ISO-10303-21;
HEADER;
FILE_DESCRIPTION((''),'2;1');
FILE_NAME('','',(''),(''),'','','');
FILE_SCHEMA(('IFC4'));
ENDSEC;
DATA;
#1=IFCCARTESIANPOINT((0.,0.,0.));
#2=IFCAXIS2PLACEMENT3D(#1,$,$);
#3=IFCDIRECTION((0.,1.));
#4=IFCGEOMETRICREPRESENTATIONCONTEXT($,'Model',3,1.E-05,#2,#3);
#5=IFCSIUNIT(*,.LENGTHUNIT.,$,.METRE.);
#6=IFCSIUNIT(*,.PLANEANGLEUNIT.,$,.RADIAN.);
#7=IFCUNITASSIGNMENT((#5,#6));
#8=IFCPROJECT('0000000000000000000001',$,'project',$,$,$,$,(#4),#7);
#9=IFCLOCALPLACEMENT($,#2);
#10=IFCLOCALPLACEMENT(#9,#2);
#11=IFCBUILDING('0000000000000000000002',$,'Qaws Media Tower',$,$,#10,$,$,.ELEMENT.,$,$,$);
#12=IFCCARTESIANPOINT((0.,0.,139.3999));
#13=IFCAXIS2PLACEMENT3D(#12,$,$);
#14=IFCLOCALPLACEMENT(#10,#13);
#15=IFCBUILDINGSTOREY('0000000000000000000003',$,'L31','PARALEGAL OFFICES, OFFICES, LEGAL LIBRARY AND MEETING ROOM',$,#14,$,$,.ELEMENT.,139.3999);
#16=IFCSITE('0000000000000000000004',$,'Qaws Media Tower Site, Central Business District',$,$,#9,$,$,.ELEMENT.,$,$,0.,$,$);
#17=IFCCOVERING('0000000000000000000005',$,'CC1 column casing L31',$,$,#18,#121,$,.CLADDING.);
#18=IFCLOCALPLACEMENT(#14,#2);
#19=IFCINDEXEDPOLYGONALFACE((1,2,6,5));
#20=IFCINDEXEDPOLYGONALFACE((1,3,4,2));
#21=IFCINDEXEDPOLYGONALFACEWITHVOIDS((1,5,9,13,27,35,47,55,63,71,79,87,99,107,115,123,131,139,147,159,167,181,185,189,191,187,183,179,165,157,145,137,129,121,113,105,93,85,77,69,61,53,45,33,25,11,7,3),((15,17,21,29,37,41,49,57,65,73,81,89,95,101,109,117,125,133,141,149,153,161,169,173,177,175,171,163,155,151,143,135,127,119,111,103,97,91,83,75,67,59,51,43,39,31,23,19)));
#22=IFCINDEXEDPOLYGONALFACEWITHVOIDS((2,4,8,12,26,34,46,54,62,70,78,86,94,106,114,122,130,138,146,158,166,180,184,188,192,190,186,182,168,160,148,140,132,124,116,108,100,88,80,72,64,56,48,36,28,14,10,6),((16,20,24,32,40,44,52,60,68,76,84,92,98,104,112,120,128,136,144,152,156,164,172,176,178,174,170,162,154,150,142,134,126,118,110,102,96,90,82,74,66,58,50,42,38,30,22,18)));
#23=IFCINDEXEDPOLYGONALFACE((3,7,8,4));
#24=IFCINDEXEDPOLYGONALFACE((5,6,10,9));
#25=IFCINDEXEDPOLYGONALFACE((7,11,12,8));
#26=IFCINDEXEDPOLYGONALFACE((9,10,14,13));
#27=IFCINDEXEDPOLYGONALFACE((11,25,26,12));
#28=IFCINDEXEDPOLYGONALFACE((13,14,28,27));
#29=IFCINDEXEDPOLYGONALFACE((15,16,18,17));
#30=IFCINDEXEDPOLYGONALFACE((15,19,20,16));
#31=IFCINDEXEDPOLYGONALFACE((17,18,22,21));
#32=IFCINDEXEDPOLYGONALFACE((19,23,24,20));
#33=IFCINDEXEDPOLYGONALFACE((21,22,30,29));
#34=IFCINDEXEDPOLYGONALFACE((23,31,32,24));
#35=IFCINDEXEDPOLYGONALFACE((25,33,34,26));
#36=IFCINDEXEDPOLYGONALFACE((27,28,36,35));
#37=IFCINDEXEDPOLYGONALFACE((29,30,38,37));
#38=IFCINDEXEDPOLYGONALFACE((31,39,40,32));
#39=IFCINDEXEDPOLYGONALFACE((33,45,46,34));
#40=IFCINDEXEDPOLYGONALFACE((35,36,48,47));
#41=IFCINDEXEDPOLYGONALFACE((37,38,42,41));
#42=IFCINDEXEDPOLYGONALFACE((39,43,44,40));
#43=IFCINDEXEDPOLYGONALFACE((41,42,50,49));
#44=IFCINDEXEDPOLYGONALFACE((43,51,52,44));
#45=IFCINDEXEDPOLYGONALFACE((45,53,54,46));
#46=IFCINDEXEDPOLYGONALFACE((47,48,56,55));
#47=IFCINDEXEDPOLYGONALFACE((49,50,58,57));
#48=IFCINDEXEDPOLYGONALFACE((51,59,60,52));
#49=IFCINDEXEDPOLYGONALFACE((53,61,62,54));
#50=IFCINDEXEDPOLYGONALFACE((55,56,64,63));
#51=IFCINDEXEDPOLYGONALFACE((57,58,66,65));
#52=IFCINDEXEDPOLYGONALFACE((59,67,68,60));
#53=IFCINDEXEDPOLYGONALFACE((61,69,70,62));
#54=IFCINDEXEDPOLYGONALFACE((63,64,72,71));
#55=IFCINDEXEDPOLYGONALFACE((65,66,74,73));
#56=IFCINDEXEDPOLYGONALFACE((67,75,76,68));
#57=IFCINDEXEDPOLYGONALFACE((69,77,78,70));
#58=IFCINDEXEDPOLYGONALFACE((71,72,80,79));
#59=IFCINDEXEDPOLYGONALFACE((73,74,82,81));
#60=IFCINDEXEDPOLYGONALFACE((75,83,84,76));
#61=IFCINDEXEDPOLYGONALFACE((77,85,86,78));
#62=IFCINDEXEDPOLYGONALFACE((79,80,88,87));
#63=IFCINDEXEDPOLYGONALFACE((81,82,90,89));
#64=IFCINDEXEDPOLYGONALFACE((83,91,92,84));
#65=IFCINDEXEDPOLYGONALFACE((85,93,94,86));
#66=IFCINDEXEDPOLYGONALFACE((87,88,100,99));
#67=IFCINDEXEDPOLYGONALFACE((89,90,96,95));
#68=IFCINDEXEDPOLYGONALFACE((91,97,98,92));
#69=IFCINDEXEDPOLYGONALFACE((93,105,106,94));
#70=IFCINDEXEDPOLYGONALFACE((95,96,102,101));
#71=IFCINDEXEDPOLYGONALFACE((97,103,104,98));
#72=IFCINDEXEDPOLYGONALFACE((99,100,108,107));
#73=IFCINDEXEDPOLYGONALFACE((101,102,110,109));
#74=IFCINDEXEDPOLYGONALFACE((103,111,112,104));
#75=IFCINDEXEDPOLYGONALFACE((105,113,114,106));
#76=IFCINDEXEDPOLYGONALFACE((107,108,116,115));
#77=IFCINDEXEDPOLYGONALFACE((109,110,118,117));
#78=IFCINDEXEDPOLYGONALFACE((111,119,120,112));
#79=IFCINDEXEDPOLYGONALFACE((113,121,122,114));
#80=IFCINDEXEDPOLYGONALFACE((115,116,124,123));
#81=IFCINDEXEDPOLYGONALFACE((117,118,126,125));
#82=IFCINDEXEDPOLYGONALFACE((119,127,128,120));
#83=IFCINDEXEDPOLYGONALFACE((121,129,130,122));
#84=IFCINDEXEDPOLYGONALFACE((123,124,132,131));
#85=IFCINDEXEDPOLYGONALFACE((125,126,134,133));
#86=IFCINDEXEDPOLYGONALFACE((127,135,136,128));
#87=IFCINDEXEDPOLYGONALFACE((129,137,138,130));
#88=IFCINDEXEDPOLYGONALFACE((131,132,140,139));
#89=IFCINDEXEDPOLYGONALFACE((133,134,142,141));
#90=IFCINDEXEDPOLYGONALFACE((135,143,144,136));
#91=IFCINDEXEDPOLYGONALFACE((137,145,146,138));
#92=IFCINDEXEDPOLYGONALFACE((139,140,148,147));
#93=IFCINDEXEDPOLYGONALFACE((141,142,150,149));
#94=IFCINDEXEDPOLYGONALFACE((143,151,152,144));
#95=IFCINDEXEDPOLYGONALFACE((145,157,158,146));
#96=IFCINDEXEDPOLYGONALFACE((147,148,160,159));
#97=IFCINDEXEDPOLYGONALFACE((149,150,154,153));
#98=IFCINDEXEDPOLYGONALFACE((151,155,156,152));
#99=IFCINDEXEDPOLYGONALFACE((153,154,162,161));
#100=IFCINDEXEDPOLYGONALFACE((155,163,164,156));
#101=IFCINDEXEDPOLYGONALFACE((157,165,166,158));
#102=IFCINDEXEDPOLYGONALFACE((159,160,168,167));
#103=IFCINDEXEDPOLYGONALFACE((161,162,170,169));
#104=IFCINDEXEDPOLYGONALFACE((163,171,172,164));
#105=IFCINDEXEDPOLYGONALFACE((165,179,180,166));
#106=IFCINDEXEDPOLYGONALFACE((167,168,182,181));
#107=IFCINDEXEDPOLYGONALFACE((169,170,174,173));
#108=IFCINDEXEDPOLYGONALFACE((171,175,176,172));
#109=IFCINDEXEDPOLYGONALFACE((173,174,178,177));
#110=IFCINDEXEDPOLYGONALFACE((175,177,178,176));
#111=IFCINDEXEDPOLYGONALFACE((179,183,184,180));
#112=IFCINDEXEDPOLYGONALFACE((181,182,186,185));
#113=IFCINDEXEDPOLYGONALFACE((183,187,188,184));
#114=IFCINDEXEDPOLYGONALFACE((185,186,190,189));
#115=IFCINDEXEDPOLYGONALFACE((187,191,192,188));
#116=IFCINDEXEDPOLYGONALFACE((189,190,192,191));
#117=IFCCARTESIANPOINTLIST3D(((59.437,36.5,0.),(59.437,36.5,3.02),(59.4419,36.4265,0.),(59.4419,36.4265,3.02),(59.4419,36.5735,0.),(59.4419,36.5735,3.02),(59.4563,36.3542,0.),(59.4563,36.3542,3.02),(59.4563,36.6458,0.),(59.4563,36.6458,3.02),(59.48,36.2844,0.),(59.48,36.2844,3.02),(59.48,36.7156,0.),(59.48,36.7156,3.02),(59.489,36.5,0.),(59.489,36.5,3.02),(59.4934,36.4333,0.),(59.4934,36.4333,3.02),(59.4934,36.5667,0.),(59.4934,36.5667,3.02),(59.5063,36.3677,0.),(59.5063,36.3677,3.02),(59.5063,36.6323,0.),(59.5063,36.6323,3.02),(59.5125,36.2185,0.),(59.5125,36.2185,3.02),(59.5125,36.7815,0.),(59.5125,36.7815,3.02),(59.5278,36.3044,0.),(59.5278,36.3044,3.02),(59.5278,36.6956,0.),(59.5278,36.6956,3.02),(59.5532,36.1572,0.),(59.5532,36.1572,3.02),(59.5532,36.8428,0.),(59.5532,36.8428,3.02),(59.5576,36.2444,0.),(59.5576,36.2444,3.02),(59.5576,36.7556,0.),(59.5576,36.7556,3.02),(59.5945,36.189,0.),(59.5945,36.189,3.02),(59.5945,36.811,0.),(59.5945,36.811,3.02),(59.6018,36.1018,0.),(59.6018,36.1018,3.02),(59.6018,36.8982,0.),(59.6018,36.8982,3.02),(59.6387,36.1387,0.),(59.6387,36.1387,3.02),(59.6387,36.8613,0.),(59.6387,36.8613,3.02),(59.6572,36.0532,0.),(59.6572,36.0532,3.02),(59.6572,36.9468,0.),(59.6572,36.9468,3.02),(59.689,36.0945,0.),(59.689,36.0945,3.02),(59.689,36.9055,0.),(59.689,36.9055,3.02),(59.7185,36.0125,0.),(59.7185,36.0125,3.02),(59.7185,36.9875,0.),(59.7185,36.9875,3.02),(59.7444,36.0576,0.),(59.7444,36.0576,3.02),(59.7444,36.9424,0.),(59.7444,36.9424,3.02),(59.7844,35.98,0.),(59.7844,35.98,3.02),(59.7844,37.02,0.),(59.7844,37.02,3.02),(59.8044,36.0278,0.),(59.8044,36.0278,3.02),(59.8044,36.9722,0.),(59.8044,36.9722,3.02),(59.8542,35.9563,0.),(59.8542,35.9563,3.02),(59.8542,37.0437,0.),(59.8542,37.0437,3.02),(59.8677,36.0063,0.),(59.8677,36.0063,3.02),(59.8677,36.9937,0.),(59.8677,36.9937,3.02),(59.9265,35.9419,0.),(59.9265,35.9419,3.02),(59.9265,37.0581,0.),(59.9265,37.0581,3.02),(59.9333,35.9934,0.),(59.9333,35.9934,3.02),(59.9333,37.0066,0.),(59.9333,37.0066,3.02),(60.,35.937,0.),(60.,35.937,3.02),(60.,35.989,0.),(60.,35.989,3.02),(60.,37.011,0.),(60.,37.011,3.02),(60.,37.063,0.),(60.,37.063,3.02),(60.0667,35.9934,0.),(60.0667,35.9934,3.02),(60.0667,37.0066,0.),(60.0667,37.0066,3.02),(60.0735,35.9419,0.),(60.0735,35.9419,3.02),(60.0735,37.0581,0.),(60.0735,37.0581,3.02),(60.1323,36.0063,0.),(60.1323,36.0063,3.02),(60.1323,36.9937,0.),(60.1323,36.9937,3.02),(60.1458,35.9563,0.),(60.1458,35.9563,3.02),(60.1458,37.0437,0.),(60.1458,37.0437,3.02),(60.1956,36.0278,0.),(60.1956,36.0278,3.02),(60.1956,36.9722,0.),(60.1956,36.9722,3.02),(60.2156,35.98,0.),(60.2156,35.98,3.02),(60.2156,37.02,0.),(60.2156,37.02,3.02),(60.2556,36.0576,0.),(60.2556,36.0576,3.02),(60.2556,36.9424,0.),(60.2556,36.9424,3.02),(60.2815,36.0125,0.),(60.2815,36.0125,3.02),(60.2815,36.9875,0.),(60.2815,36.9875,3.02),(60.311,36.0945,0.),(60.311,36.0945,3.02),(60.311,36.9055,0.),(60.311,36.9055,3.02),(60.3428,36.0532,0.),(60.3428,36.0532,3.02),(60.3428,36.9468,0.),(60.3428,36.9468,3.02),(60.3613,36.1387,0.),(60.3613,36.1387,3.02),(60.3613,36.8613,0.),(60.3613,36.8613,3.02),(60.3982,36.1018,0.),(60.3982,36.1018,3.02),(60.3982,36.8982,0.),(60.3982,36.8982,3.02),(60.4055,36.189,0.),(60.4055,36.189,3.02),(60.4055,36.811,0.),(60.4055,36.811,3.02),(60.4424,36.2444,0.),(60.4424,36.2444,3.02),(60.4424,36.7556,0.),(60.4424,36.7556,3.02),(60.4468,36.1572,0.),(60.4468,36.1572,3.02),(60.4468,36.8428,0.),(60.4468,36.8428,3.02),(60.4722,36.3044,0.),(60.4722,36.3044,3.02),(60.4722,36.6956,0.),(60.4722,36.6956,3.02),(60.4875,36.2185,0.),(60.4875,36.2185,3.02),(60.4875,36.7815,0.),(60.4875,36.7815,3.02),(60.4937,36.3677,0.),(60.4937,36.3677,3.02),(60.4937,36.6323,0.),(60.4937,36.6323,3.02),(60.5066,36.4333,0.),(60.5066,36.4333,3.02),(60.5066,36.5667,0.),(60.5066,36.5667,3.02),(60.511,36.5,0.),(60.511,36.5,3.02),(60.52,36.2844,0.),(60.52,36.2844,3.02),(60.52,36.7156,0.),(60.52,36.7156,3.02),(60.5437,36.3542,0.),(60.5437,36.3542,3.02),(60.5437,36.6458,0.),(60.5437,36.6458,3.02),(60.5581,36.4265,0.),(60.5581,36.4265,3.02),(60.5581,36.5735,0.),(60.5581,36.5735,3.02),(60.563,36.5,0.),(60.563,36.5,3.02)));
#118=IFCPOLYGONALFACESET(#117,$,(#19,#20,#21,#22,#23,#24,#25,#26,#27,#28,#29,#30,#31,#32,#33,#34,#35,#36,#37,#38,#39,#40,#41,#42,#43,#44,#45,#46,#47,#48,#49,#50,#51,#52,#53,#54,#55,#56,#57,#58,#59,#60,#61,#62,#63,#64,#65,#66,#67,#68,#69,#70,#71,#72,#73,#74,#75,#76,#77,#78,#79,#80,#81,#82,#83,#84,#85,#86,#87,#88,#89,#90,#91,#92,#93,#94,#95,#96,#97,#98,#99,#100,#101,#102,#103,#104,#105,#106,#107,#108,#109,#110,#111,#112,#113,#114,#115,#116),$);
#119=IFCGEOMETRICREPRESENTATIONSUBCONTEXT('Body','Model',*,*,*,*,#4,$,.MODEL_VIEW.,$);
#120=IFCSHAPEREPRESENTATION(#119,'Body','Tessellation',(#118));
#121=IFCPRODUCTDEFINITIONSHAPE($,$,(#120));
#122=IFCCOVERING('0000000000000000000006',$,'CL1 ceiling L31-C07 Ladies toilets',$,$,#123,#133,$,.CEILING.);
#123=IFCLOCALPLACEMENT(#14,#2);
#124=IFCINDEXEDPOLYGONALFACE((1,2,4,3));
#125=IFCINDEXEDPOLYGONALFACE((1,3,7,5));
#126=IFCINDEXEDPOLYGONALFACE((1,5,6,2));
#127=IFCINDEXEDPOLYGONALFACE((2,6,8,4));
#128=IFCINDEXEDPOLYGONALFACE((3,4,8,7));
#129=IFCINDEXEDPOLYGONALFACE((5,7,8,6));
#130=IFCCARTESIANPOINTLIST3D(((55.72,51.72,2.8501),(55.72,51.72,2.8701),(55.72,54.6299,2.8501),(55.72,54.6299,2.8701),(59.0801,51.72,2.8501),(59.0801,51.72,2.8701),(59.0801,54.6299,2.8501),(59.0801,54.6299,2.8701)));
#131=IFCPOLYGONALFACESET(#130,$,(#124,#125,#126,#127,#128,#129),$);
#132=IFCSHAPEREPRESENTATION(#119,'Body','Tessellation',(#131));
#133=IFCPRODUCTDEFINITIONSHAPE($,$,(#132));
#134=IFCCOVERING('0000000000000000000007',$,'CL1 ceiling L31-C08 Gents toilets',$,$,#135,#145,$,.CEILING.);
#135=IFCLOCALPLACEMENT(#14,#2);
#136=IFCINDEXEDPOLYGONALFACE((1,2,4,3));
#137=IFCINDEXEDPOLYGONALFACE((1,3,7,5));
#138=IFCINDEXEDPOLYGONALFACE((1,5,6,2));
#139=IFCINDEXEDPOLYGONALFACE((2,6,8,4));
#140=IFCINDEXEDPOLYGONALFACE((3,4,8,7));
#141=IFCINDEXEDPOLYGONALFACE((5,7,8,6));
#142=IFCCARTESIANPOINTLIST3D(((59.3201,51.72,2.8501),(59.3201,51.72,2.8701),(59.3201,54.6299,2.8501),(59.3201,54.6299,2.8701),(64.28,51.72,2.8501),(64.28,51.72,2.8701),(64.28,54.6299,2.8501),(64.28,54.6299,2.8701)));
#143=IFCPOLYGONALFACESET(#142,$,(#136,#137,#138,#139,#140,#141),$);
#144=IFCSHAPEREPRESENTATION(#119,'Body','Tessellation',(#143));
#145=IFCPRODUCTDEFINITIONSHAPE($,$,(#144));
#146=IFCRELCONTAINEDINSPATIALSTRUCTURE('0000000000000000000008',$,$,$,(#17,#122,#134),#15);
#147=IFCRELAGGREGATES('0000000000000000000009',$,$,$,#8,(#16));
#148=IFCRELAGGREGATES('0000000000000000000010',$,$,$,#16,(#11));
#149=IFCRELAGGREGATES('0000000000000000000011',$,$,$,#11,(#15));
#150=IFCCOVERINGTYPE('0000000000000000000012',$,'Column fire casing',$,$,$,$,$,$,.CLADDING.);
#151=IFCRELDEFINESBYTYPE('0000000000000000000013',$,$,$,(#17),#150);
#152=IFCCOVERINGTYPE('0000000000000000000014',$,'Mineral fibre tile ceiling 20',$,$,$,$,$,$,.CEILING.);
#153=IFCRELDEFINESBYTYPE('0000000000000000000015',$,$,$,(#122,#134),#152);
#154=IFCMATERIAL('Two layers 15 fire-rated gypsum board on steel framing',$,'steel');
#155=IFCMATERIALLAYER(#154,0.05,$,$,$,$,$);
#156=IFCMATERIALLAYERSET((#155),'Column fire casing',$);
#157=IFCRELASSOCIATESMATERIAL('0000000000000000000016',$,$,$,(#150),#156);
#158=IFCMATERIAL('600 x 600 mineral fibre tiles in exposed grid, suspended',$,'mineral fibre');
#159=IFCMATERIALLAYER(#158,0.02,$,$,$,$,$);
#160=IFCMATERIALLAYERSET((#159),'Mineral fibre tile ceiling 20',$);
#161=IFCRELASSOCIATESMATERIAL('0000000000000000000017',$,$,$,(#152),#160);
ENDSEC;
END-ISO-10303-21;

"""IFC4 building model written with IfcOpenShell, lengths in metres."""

from ifc_helpers import new_model, si_unit, direction, frame, origin, place, context, subcontext, project, spatial, polyline, outline, extrude, material, layer, layer_set, type_object, element, save


model = new_model("IFC4")

# Units and contexts
model_context = context("Model", 3, precision=1e-05, world=origin(), true_north=direction((0.0, 1.0)))
body_context = subcontext(model_context, "Body", "Model", "MODEL_VIEW")
ifc_project = project(units=[si_unit("LENGTHUNIT", "METRE"), si_unit("PLANEANGLEUNIT", "RADIAN")], contexts=[model_context])

# Site, building, storey
site_placement = place(None, origin())
site = spatial("IfcSite", under=ifc_project, at=site_placement, Name="Qaws Media Tower Site, Central Business District", CompositionType="ELEMENT", RefElevation=0.0)
building_placement = place(site_placement, origin())
building = spatial("IfcBuilding", under=site, at=building_placement, Name="Qaws Media Tower", CompositionType="ELEMENT")
storey_placement = place(building_placement, frame((0.0, 0.0, 139.3999)))
storey = spatial("IfcBuildingStorey", under=building, at=storey_placement, Name="L31", Description="PARALEGAL OFFICES, OFFICES, LEGAL LIBRARY AND MEETING ROOM", CompositionType="ELEMENT", Elevation=139.3999)

# Coverings
ifc_material_1 = material(Name="Two layers 15 fire-rated gypsum board on steel framing", Category="steel")
ifc_layer_1 = layer(ifc_material_1, 0.05)
ifc_layer_set_1 = layer_set([ifc_layer_1], Name="Column fire casing")
covering_type_1 = type_object("IfcCoveringType", Name="Column fire casing", PredefinedType="CLADDING", material=ifc_layer_set_1)
covering_1_placement = place(storey_placement, origin())
element("IfcCovering", 1, at=covering_1_placement, inside=storey, type_object=covering_type_1, Name="CC1 column casing L31", PredefinedType="CLADDING", context=body_context, shape_type="SweptSolid", body=[
    extrude(outline(polyline([(60.563, 36.5), (60.5581, 36.4265), (60.5437, 36.3542), (60.52, 36.2844), (60.4875, 36.2185), (60.4468, 36.1572), (60.3982, 36.1018), (60.3428, 36.0532), (60.2815, 36.0125), (60.2156, 35.98), (60.1458, 35.9563), (60.0735, 35.9419), (60.0, 35.937), (59.9265, 35.9419), (59.8542, 35.9563), (59.7844, 35.98), (59.7185, 36.0125), (59.6572, 36.0532), (59.6018, 36.1018), (59.5532, 36.1572), (59.5125, 36.2185), (59.48, 36.2844), (59.4563, 36.3542), (59.4419, 36.4265), (59.437, 36.5), (59.4419, 36.5735), (59.4563, 36.6458), (59.48, 36.7156), (59.5125, 36.7815), (59.5532, 36.8428), (59.6018, 36.8982), (59.6572, 36.9468), (59.7185, 36.9875), (59.7844, 37.02), (59.8542, 37.0437), (59.9265, 37.0581), (60.0, 37.063), (60.0735, 37.0581), (60.1458, 37.0437), (60.2156, 37.02), (60.2815, 36.9875), (60.3428, 36.9468), (60.3982, 36.8982), (60.4468, 36.8428), (60.4875, 36.7815), (60.52, 36.7156), (60.5437, 36.6458), (60.5581, 36.5735), (60.563, 36.5)]), holes=[polyline([(60.511, 36.5), (60.5066, 36.4333), (60.4937, 36.3677), (60.4722, 36.3044), (60.4424, 36.2444), (60.4055, 36.189), (60.3613, 36.1387), (60.311, 36.0945), (60.2556, 36.0576), (60.1956, 36.0278), (60.1323, 36.0063), (60.0667, 35.9934), (60.0, 35.989), (59.9333, 35.9934), (59.8677, 36.0063), (59.8044, 36.0278), (59.7444, 36.0576), (59.689, 36.0945), (59.6387, 36.1387), (59.5945, 36.189), (59.5576, 36.2444), (59.5278, 36.3044), (59.5063, 36.3677), (59.4934, 36.4333), (59.489, 36.5), (59.4934, 36.5667), (59.5063, 36.6323), (59.5278, 36.6956), (59.5576, 36.7556), (59.5945, 36.811), (59.6387, 36.8613), (59.689, 36.9055), (59.7444, 36.9424), (59.8044, 36.9722), (59.8677, 36.9937), (59.9333, 37.0066), (60.0, 37.011), (60.0667, 37.0066), (60.1323, 36.9937), (60.1956, 36.9722), (60.2556, 36.9424), (60.311, 36.9055), (60.3613, 36.8613), (60.4055, 36.811), (60.4424, 36.7556), (60.4722, 36.6956), (60.4937, 36.6323), (60.5066, 36.5667), (60.511, 36.5)])]), origin(), (0.0, 0.0, 1.0), 3.02),
])
ifc_material_2 = material(Name="600 x 600 mineral fibre tiles in exposed grid, suspended", Category="mineral fibre")
ifc_layer_2 = layer(ifc_material_2, 0.02)
ifc_layer_set_2 = layer_set([ifc_layer_2], Name="Mineral fibre tile ceiling 20")
covering_type_2 = type_object("IfcCoveringType", Name="Mineral fibre tile ceiling 20", PredefinedType="CEILING", material=ifc_layer_set_2)
covering_2_placement = place(storey_placement, frame((0.0, 0.0, 2.8501)))
element("IfcCovering", 2, at=covering_2_placement, inside=storey, type_object=covering_type_2, Name="CL1 ceiling L31-C07 Ladies toilets", PredefinedType="CEILING", context=body_context, shape_type="SweptSolid", body=[
    extrude(outline(polyline([(55.72, 51.72), (55.72, 54.6299), (59.0801, 54.6299), (59.0801, 51.72), (55.72, 51.72)])), origin(), (0.0, 0.0, 1.0), 0.02),
])
covering_3_placement = place(storey_placement, frame((0.0, 0.0, 2.8501)))
element("IfcCovering", 3, at=covering_3_placement, inside=storey, type_object=covering_type_2, Name="CL1 ceiling L31-C08 Gents toilets", PredefinedType="CEILING", context=body_context, shape_type="SweptSolid", body=[
    extrude(outline(polyline([(59.3201, 51.72), (59.3201, 54.6299), (64.28, 54.6299), (64.28, 51.72), (59.3201, 51.72)])), origin(), (0.0, 0.0, 1.0), 0.02),
])

save(model, "model.ifc")
